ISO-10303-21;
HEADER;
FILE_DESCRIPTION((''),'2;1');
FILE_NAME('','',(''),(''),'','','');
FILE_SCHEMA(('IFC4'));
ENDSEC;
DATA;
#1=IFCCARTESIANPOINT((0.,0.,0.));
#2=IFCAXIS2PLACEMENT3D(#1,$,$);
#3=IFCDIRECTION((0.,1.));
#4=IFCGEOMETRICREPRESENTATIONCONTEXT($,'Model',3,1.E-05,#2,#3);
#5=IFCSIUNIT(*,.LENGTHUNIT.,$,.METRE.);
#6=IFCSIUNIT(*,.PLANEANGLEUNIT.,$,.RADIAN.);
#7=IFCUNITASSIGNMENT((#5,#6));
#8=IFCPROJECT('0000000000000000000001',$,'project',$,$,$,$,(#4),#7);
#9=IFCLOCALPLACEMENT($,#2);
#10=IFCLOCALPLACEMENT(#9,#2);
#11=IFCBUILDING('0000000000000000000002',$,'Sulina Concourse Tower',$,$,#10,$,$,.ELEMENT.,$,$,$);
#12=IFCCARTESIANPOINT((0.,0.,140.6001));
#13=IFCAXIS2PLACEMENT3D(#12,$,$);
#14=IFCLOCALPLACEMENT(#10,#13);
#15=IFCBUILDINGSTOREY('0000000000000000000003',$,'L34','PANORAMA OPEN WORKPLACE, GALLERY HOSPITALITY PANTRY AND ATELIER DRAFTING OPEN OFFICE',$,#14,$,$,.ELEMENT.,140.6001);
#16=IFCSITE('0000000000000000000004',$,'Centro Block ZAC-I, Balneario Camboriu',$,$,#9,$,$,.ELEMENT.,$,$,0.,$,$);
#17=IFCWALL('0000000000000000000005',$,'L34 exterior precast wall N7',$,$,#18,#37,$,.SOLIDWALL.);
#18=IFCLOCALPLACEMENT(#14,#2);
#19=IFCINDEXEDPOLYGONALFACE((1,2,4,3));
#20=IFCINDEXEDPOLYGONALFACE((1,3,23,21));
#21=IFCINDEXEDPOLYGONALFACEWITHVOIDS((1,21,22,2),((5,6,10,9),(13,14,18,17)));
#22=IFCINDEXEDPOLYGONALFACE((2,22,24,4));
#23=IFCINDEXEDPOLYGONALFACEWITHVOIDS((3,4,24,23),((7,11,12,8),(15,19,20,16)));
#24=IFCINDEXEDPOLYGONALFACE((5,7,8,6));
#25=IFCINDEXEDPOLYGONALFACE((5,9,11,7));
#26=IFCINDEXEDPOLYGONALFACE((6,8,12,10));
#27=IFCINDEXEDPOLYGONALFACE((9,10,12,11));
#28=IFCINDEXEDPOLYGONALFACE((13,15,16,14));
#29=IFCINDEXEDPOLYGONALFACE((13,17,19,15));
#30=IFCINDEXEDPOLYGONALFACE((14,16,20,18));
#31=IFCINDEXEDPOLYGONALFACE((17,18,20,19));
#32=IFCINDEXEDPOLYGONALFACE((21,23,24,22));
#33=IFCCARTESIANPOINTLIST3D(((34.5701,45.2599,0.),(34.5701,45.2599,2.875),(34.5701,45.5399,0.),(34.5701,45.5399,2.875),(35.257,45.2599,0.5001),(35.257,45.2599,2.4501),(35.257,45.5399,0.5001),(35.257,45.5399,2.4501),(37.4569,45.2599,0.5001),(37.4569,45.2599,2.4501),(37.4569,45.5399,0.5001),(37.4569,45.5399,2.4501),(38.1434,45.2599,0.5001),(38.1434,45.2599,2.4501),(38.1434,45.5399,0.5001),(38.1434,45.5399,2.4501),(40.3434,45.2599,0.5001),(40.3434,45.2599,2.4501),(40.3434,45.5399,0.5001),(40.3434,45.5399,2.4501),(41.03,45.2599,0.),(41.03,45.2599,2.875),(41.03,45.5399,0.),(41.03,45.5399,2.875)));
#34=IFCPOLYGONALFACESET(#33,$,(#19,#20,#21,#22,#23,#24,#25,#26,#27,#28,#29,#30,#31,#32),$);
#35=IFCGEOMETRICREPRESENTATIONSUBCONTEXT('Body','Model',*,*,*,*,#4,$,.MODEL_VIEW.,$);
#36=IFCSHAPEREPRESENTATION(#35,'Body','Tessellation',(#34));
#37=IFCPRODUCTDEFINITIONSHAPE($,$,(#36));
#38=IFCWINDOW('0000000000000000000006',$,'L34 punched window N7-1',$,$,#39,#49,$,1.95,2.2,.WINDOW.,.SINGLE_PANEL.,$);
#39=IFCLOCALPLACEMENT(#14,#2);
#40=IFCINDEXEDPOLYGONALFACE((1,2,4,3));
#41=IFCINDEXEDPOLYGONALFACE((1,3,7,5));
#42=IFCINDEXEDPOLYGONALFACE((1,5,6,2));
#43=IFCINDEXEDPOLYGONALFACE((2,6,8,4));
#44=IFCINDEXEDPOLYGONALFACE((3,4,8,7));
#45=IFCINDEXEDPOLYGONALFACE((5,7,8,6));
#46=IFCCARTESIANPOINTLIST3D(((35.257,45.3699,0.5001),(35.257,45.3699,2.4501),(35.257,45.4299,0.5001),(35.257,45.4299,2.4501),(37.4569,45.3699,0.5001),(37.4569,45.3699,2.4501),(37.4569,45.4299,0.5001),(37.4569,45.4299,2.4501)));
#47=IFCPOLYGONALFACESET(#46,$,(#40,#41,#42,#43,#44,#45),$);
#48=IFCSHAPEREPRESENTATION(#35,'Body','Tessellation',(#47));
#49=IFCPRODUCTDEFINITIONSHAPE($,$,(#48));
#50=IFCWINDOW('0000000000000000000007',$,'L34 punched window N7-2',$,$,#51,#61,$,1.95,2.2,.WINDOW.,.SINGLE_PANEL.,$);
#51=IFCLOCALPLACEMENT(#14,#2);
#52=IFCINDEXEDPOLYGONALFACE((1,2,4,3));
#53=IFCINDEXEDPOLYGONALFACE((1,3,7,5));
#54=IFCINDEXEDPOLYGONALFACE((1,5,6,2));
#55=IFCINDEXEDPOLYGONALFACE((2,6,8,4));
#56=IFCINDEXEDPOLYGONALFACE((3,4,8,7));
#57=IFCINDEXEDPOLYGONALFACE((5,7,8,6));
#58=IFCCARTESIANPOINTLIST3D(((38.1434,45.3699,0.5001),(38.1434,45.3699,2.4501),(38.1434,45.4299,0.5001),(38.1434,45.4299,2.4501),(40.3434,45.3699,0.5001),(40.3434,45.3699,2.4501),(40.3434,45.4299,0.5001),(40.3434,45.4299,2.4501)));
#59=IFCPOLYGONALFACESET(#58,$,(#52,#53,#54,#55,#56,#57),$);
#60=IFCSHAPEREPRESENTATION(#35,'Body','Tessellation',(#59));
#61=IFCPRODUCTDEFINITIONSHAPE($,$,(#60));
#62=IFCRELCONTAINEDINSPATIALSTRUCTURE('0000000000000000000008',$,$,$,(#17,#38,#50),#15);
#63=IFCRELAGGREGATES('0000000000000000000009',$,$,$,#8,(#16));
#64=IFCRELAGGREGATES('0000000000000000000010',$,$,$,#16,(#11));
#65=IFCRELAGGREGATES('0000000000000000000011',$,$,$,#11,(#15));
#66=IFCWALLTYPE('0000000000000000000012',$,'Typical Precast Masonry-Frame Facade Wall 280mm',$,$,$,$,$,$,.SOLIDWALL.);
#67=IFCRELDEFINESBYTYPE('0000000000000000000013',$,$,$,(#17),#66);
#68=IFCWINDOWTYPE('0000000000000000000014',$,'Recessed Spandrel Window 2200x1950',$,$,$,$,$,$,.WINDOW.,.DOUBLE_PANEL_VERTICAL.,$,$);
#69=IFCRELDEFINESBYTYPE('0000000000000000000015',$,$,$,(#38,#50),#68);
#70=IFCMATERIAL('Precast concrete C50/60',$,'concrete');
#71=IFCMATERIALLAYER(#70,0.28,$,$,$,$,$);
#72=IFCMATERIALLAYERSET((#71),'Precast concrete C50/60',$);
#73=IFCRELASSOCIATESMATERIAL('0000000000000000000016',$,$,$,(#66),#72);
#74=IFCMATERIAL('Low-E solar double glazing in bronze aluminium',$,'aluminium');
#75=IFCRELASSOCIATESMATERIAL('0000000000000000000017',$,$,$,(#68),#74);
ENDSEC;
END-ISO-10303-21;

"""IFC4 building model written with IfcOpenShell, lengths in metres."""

from ifc_helpers import new_model, si_unit, direction, frame, frame_2d, origin, place, context, subcontext, project, spatial, rectangle, extrude, material, layer, layer_set, type_object, element, fill, save


model = new_model("IFC4")

# Units and contexts
model_context = context("Model", 3, precision=1e-05, world=origin(), true_north=direction((0.0, 1.0)))
body_context = subcontext(model_context, "Body", "Model", "MODEL_VIEW")
ifc_project = project(units=[si_unit("LENGTHUNIT", "METRE"), si_unit("PLANEANGLEUNIT", "RADIAN")], contexts=[model_context])

# Site, building, storey
site_placement = place(None, origin())
site = spatial("IfcSite", under=ifc_project, at=site_placement, Name="Centro Block ZAC-I, Balneario Camboriu", CompositionType="ELEMENT", RefElevation=0.0)
building_placement = place(site_placement, origin())
building = spatial("IfcBuilding", under=site, at=building_placement, Name="Sulina Concourse Tower", CompositionType="ELEMENT")
storey_placement = place(building_placement, frame((0.0, 0.0, 140.6001)))
storey = spatial("IfcBuildingStorey", under=building, at=storey_placement, Name="L34", Description="PANORAMA OPEN WORKPLACE, GALLERY HOSPITALITY PANTRY AND ATELIER DRAFTING OPEN OFFICE", CompositionType="ELEMENT", Elevation=140.6001)

# Shared definitions
ifc_material_1 = material(Name="Precast concrete C50/60", Category="concrete")
ifc_layer_1 = layer(ifc_material_1, 0.28)
ifc_layer_set_1 = layer_set([ifc_layer_1], Name="Precast concrete C50/60")
wall_type_1 = type_object("IfcWallType", Name="Typical Precast Masonry-Frame Facade Wall 280mm", PredefinedType="SOLIDWALL", material=ifc_layer_set_1)
ifc_material_2 = material(Name="Low-E solar double glazing in bronze aluminium", Category="aluminium")
window_type = type_object("IfcWindowType", Name="Recessed Spandrel Window 2200x1950", PartitioningType="DOUBLE_PANEL_VERTICAL", PredefinedType="WINDOW", material=ifc_material_2)

# Wall, openings, windows
wall_1_placement = place(storey_placement, frame((34.5701, 45.3999, 0.0), z_axis=(0.0, 0.0, 1.0), x_axis=(1.0, 0.0, 0.0)))
wall_1 = element("IfcWall", 1, at=wall_1_placement, inside=storey, type_object=wall_type_1, Name="L34 exterior precast wall N7", PredefinedType="SOLIDWALL", context=body_context, shape_type="SweptSolid", body=[
    extrude(rectangle(XDim=6.46, YDim=0.28, at=frame_2d((3.23, 0.0))), origin(), (0.0, 0.0, 1.0), 2.875),
])
opening_1_placement = place(wall_1_placement, frame((0.6868, 0.0, 0.5)))
opening_1 = element("IfcOpeningElement", 2, at=opening_1_placement, cuts=wall_1, PredefinedType="OPENING", context=body_context, shape_type="SweptSolid", body=[
    extrude(rectangle(XDim=2.2, YDim=1.95, at=frame_2d((1.1001, 0.9751))), frame((0.0, 0.1499, 0.0), z_axis=(0.0, -1.0, 0.0), x_axis=(1.0, 0.0, 0.0)), (0.0, 0.0, 1.0), 0.3),
])
opening_2_placement = place(wall_1_placement, frame((3.5732, 0.0, 0.5)))
opening_2 = element("IfcOpeningElement", 3, at=opening_2_placement, cuts=wall_1, PredefinedType="OPENING", context=body_context, shape_type="SweptSolid", body=[
    extrude(rectangle(XDim=2.2, YDim=1.95, at=frame_2d((1.1001, 0.9751))), frame((0.0, 0.1499, 0.0), z_axis=(0.0, -1.0, 0.0), x_axis=(1.0, 0.0, 0.0)), (0.0, 0.0, 1.0), 0.3),
])
window_1_placement = place(opening_1_placement, origin())
window_1 = element("IfcWindow", 4, at=window_1_placement, inside=storey, type_object=window_type, Name="L34 punched window N7-1", OverallHeight=1.95, OverallWidth=2.2, PartitioningType="SINGLE_PANEL", PredefinedType="WINDOW", context=body_context, shape_type="SweptSolid", body=[
    extrude(rectangle(XDim=2.2, YDim=1.95, at=frame_2d((1.1001, 0.9751))), frame((0.0, 0.03, 0.0), z_axis=(0.0, -1.0, 0.0), x_axis=(1.0, 0.0, 0.0)), (0.0, 0.0, 1.0), 0.0601),
])
fill(opening_1, window_1)
window_2_placement = place(opening_2_placement, origin())
window_2 = element("IfcWindow", 5, at=window_2_placement, inside=storey, type_object=window_type, Name="L34 punched window N7-2", OverallHeight=1.95, OverallWidth=2.2, PartitioningType="SINGLE_PANEL", PredefinedType="WINDOW", context=body_context, shape_type="SweptSolid", body=[
    extrude(rectangle(XDim=2.2, YDim=1.95, at=frame_2d((1.1001, 0.9751))), frame((0.0, 0.03, 0.0), z_axis=(0.0, -1.0, 0.0), x_axis=(1.0, 0.0, 0.0)), (0.0, 0.0, 1.0), 0.0601),
])
fill(opening_2, window_2)

save(model, "model.ifc")
